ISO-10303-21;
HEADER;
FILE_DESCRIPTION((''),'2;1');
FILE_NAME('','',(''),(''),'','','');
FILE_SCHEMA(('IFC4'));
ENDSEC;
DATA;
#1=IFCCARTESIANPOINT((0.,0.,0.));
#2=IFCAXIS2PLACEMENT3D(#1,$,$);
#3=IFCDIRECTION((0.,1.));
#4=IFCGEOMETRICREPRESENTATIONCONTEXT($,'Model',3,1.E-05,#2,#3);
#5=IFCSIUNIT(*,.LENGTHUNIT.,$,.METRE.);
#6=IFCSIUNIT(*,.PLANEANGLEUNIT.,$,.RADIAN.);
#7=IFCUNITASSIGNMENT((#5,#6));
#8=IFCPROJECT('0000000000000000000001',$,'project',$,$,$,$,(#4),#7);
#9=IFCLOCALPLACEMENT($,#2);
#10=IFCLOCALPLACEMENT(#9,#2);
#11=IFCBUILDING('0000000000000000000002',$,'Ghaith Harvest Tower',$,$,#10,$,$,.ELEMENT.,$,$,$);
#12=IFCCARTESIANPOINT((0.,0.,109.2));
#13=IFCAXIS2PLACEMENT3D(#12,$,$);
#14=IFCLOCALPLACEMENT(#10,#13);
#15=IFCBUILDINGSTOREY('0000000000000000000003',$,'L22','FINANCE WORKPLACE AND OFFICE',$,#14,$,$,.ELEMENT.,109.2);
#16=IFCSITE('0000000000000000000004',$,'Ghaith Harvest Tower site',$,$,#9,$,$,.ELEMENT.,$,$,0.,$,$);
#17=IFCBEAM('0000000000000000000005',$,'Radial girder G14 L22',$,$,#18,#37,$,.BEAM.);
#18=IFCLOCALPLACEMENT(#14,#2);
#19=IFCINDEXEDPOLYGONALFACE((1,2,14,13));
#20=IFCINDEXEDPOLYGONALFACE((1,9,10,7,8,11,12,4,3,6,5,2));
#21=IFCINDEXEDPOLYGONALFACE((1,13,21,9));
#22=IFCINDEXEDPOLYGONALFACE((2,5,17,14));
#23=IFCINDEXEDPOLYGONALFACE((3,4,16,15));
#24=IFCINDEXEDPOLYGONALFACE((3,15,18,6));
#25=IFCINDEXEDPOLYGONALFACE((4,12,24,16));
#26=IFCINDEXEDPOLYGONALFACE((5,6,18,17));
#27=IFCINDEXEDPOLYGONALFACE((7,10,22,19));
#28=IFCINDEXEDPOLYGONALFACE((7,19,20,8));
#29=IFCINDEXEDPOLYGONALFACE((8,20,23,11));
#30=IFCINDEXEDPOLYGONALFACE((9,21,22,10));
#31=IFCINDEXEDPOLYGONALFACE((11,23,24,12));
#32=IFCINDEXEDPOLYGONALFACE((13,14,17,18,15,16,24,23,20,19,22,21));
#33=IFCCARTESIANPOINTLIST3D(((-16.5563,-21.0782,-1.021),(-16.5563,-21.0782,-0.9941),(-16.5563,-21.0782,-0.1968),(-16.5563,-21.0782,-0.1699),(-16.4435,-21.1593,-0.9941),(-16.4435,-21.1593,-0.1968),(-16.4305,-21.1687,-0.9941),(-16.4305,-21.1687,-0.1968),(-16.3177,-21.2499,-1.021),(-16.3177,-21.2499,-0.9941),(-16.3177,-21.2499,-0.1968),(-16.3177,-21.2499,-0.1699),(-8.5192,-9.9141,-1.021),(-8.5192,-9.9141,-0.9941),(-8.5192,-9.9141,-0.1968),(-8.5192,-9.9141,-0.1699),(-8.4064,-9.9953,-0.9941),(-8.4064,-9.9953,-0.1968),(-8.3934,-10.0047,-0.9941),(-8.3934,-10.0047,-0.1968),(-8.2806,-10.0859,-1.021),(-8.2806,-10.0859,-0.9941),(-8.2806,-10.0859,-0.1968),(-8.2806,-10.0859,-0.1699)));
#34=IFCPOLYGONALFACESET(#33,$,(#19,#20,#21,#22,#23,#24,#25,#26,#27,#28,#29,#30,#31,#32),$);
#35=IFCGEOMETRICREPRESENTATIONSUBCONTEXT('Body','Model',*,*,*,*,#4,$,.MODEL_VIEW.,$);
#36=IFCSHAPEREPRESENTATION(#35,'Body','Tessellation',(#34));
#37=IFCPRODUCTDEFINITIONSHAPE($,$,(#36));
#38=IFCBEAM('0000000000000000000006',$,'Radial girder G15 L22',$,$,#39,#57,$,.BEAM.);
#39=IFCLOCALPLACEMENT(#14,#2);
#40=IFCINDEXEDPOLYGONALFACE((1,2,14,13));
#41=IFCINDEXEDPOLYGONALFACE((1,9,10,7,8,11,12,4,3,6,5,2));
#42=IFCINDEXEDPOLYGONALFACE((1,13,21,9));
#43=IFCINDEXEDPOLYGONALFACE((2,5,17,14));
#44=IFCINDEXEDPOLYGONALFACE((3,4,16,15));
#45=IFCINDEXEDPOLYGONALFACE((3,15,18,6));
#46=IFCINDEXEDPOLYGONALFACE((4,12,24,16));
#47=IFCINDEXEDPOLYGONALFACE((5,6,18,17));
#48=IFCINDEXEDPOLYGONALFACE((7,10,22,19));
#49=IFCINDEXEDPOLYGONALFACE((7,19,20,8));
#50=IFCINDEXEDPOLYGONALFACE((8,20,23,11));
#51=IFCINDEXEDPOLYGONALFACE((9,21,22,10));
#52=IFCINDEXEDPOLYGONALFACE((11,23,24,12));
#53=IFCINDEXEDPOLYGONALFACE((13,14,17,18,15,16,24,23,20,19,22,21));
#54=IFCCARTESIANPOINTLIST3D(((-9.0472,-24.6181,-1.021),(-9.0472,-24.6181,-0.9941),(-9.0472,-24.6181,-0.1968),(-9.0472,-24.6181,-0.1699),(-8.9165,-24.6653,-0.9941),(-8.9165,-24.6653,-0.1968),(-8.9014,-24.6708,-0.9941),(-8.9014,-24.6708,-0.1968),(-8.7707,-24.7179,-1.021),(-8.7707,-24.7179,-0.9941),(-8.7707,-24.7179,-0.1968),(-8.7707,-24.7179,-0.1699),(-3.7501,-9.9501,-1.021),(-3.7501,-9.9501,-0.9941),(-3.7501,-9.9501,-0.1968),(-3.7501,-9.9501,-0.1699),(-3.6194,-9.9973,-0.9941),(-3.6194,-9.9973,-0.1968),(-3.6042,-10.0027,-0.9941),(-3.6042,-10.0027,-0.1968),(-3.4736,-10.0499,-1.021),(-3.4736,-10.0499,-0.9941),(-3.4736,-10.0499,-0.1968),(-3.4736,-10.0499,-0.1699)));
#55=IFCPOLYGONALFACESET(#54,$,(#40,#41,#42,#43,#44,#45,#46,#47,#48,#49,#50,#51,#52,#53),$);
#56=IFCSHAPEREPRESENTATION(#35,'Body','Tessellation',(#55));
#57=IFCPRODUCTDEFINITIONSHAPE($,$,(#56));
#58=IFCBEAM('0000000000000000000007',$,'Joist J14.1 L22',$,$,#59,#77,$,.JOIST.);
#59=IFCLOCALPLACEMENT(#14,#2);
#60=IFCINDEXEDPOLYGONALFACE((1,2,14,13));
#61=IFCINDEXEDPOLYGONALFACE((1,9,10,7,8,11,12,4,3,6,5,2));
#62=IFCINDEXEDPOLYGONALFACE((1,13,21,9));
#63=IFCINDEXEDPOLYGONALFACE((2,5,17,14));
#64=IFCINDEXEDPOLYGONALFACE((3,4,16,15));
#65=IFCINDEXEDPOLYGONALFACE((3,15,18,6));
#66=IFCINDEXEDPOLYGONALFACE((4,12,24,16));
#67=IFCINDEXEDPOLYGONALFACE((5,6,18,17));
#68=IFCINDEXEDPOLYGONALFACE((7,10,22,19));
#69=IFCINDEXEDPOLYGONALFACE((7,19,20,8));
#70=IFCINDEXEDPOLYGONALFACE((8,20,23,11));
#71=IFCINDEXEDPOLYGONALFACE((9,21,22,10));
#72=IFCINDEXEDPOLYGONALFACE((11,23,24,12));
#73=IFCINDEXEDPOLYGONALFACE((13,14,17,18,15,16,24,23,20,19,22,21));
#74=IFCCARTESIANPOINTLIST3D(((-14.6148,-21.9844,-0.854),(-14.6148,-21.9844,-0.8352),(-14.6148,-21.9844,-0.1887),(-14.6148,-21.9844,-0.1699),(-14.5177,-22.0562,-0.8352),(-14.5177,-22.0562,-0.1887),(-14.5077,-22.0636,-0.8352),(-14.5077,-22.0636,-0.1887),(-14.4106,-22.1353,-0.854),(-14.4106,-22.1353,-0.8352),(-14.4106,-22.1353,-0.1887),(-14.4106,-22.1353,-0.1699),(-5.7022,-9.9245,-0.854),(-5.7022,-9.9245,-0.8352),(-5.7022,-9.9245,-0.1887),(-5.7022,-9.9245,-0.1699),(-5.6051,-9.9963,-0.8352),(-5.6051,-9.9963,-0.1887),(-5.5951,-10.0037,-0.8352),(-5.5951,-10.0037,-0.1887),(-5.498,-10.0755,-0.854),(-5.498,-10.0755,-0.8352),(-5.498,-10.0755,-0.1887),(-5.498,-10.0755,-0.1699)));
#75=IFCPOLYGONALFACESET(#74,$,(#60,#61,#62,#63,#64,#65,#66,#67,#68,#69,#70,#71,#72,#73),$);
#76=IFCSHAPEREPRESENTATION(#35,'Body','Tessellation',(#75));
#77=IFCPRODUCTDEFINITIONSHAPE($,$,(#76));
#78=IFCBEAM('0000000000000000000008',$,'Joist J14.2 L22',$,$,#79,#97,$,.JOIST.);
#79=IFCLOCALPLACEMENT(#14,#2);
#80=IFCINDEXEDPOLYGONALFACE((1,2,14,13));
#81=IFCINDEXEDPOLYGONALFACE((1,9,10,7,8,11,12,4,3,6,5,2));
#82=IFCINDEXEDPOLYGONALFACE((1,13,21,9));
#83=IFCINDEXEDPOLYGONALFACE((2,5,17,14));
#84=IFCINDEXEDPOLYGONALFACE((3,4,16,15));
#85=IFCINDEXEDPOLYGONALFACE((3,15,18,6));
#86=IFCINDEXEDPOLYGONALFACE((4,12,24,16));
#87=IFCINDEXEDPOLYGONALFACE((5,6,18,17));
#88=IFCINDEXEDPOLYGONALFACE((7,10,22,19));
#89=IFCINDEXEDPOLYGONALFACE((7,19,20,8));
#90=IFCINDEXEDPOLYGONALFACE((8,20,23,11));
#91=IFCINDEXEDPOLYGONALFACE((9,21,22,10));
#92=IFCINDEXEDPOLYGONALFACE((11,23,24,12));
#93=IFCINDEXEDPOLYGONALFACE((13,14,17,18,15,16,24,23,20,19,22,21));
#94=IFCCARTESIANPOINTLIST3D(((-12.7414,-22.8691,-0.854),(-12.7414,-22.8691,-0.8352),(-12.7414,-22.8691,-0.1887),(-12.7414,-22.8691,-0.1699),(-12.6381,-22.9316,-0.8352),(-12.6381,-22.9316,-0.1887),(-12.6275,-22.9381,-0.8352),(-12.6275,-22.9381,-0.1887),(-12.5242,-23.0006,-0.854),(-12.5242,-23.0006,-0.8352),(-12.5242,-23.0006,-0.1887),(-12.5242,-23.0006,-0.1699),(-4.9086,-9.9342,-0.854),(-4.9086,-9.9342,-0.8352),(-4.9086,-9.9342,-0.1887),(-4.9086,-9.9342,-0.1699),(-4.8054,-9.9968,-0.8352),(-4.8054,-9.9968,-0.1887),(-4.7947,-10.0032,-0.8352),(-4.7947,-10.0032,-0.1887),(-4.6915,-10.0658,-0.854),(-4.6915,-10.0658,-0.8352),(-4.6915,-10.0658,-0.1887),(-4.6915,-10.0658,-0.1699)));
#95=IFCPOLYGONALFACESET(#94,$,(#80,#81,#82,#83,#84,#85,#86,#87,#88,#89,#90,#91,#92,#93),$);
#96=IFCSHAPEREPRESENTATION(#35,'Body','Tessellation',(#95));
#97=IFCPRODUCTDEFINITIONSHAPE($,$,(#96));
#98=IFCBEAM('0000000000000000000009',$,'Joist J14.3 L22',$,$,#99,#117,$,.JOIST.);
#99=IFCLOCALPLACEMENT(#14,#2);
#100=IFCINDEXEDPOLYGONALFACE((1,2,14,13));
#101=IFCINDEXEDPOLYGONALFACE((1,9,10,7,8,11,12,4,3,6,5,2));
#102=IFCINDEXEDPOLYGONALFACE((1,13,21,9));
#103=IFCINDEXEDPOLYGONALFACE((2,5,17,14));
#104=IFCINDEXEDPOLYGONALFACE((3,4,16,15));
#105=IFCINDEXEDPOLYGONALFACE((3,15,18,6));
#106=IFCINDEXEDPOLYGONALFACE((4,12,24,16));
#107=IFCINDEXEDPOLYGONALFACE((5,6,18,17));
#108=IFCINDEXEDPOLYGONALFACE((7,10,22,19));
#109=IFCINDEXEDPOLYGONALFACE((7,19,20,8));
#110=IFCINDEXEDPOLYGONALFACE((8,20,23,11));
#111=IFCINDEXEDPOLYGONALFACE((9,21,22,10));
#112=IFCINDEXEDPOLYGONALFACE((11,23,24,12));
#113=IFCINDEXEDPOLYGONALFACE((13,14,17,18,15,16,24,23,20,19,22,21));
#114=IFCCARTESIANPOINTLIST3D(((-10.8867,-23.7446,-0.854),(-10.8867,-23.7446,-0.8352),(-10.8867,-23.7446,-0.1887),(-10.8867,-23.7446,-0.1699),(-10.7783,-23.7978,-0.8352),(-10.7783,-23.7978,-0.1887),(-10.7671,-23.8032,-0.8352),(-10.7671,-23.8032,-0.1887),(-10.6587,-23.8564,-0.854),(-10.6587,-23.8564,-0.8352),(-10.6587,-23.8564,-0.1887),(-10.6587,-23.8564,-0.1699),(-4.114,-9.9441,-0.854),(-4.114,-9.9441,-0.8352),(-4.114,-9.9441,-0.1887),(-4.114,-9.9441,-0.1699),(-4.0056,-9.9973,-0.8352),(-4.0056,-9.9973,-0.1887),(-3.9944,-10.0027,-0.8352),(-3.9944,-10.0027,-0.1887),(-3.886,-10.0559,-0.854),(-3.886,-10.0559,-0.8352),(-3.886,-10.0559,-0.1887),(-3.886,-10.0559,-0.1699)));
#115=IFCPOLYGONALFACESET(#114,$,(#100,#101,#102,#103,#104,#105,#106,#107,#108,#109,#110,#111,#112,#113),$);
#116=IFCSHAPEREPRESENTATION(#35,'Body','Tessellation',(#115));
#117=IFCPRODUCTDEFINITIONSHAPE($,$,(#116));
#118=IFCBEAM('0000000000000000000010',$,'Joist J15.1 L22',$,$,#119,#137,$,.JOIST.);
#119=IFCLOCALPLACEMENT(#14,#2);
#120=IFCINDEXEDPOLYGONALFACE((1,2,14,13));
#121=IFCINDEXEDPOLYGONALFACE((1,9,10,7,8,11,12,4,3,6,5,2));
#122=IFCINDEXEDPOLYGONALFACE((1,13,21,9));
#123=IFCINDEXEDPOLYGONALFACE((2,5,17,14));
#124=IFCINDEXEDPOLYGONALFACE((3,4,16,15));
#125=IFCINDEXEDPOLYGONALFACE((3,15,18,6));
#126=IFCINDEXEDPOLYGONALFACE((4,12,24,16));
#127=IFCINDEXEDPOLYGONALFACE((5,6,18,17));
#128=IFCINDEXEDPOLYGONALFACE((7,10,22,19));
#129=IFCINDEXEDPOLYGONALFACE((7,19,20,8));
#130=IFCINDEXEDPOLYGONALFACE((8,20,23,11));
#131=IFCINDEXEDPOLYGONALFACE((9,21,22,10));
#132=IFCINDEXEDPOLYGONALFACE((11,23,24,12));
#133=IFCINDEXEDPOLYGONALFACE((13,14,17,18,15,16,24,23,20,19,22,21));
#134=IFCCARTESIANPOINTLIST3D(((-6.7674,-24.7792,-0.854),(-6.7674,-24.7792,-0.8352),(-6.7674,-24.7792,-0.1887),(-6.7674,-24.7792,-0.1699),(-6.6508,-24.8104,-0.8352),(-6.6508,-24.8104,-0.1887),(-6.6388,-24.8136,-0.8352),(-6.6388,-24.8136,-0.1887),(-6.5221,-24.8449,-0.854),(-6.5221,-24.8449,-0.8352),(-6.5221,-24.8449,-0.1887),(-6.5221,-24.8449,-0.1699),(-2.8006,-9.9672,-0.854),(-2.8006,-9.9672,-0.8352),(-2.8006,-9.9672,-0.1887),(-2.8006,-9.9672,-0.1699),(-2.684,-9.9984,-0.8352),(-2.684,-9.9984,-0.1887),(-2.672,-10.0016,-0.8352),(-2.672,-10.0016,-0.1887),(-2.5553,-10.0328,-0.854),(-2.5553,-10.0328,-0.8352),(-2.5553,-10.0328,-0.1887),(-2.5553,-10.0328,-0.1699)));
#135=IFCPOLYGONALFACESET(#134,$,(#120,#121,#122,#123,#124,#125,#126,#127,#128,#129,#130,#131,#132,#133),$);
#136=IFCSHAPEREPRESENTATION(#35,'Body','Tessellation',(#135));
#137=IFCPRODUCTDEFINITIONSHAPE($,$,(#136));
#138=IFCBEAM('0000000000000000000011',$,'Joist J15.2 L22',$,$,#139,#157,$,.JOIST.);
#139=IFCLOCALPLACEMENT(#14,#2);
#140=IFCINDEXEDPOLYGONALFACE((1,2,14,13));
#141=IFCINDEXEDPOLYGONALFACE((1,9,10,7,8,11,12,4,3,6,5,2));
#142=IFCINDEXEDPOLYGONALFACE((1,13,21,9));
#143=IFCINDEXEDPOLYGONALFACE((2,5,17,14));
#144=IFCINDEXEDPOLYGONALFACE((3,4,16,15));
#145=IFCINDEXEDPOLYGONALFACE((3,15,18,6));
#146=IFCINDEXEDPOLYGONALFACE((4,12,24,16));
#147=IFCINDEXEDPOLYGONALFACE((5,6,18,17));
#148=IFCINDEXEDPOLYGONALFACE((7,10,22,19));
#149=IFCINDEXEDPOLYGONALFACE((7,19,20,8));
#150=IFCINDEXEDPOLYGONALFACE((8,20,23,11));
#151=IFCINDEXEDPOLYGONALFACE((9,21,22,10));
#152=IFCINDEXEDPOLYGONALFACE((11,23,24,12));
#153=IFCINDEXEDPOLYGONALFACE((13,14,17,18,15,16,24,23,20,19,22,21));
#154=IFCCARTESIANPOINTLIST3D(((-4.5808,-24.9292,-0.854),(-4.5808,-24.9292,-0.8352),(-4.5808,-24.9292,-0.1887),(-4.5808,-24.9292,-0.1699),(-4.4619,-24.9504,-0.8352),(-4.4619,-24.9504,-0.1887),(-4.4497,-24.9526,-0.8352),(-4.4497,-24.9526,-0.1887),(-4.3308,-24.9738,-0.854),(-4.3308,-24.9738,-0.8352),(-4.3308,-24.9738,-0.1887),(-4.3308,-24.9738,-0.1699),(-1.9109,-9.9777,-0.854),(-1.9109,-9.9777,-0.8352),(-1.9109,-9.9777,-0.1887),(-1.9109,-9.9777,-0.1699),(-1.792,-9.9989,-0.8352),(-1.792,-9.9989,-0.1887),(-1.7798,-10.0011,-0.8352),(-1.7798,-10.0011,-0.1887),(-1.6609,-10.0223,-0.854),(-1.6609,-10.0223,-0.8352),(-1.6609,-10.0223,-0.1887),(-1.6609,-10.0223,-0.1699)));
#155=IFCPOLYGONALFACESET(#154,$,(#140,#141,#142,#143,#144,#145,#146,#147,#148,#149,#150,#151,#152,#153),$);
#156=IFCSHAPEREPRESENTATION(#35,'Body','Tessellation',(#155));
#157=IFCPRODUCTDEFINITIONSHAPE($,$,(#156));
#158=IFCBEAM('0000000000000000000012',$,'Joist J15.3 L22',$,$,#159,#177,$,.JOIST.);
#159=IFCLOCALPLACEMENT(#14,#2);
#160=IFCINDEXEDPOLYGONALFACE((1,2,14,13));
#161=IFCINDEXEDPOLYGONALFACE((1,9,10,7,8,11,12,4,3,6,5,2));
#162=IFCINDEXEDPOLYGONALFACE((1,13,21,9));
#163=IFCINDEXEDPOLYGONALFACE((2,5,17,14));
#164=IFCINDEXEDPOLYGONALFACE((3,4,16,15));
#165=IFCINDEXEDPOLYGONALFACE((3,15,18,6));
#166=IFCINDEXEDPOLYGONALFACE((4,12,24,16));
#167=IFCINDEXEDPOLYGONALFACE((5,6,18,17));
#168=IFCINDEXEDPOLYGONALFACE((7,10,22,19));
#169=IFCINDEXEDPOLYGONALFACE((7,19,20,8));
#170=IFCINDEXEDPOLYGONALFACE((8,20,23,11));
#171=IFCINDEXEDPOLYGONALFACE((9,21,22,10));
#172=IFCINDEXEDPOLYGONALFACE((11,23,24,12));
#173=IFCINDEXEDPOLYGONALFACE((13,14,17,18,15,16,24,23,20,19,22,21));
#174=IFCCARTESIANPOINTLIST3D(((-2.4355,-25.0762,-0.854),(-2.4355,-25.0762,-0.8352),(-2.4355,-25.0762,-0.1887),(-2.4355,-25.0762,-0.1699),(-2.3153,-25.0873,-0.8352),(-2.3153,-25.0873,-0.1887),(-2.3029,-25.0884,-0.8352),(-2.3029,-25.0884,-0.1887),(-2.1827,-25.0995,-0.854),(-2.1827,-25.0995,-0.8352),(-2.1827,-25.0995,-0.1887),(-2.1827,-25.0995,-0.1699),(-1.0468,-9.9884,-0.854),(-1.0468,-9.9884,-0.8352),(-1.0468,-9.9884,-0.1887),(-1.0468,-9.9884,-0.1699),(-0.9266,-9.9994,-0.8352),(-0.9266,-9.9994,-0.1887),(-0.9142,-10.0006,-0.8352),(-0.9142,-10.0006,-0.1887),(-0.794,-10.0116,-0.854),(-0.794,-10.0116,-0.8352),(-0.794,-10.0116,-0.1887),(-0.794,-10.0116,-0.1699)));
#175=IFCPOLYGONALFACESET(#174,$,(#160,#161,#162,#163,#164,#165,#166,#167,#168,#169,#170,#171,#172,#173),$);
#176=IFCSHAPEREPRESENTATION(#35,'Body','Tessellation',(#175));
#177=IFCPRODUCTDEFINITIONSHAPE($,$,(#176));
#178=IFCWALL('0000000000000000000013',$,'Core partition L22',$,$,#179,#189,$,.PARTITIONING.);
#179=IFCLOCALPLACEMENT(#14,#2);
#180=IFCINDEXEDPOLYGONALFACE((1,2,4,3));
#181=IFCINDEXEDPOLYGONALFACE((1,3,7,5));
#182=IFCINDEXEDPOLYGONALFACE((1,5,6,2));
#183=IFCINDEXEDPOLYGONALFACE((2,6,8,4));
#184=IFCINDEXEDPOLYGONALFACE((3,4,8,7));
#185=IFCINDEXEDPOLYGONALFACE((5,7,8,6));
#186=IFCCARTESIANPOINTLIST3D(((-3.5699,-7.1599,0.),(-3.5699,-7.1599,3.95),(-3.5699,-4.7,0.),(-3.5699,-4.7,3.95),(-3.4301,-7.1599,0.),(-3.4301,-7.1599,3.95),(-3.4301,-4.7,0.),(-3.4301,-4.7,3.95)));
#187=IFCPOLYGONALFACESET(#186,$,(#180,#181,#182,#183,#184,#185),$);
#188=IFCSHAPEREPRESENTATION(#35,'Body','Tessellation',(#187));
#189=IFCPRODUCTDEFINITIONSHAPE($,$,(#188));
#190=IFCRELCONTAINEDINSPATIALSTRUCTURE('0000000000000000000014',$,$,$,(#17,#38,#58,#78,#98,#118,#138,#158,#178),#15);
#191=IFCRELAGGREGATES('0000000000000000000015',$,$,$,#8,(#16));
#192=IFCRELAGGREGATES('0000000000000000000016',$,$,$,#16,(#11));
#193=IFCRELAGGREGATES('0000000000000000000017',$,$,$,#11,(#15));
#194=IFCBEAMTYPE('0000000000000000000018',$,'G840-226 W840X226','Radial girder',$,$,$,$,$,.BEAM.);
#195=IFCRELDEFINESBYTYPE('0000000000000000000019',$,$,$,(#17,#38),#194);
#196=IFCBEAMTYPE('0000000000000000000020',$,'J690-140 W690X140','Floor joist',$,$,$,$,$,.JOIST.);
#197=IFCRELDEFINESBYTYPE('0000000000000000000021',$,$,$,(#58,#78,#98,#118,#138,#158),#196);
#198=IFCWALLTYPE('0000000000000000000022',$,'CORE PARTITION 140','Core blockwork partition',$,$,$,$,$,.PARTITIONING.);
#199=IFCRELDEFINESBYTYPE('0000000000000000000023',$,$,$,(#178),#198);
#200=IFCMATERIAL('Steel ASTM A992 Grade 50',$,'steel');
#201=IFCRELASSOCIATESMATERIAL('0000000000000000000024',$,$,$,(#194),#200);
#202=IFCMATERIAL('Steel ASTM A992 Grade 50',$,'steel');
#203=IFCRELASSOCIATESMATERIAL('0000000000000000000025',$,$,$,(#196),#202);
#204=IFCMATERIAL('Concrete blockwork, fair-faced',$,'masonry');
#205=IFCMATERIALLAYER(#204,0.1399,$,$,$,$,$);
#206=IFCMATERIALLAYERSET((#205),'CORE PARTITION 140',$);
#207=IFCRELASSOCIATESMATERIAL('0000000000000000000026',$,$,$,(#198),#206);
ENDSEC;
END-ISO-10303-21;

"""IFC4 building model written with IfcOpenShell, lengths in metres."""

from ifc_helpers import new_model, si_unit, direction, frame, frame_2d, origin, origin_2d, place, context, subcontext, project, spatial, rectangle, i_section, extrude, material, layer, layer_set, material_profile, profile_set, type_object, element, save


model = new_model("IFC4")

# Units and contexts
model_context = context("Model", 3, precision=1e-05, world=origin(), true_north=direction((0.0, 1.0)))
body_context = subcontext(model_context, "Body", "Model", "MODEL_VIEW")
ifc_project = project(units=[si_unit("LENGTHUNIT", "METRE"), si_unit("PLANEANGLEUNIT", "RADIAN")], contexts=[model_context])

# Site, building, storey
site_placement = place(None, origin())
site = spatial("IfcSite", under=ifc_project, at=site_placement, Name="Ghaith Harvest Tower site", CompositionType="ELEMENT", RefElevation=0.0)
building_placement = place(site_placement, origin())
building = spatial("IfcBuilding", under=site, at=building_placement, Name="Ghaith Harvest Tower", CompositionType="ELEMENT")
storey_placement = place(building_placement, frame((0.0, 0.0, 109.2)))
storey = spatial("IfcBuildingStorey", under=building, at=storey_placement, Name="L22", Description="FINANCE WORKPLACE AND OFFICE", CompositionType="ELEMENT", Elevation=109.2)

# Beams
ifc_material_1 = material(Name="Steel ASTM A992 Grade 50", Category="steel")
ifc_material_profile_1 = material_profile(ifc_material_1, i_section(OverallWidth=0.2939, OverallDepth=0.8511, WebThickness=0.0161, FlangeThickness=0.0269, at=origin_2d()), Name="W840X226")
ifc_profile_set_1 = profile_set([ifc_material_profile_1], Name="Steel ASTM A992 Grade 50")
beam_type_1 = type_object("IfcBeamType", Name="G840-226 W840X226", Description="Radial girder", PredefinedType="BEAM", material=ifc_profile_set_1)
beam_1_placement = place(storey_placement, frame((-8.3999, -10.0, -0.5955), z_axis=(-0.584256, -0.811569, 0.0), x_axis=(0.811569, -0.584256, 0.0)))
element("IfcBeam", 1, at=beam_1_placement, inside=storey, type_object=beam_type_1, Name="Radial girder G14 L22", PredefinedType="BEAM", context=body_context, shape_type="SweptSolid", body=[
    extrude(i_section(OverallWidth=0.2939, OverallDepth=0.8511, WebThickness=0.0161, FlangeThickness=0.0269, at=origin_2d()), origin(), (0.0, 0.0, 1.0), 13.7561),
])
beam_2_placement = place(storey_placement, frame((-3.6118, -10.0, -0.5955), z_axis=(-0.339664, -0.940547, 0.0), x_axis=(0.940547, -0.339664, 0.0)))
element("IfcBeam", 2, at=beam_2_placement, inside=storey, type_object=beam_type_1, Name="Radial girder G15 L22", PredefinedType="BEAM", context=body_context, shape_type="SweptSolid", body=[
    extrude(i_section(OverallWidth=0.2939, OverallDepth=0.8511, WebThickness=0.0161, FlangeThickness=0.0269, at=origin_2d()), origin(), (0.0, 0.0, 1.0), 15.5952),
])
ifc_material_2 = material(Name="Steel ASTM A992 Grade 50", Category="steel")
ifc_material_profile_2 = material_profile(ifc_material_2, i_section(OverallWidth=0.2539, OverallDepth=0.6841, WebThickness=0.0125, FlangeThickness=0.0188, at=origin_2d()), Name="W690X140")
ifc_profile_set_2 = profile_set([ifc_material_profile_2], Name="Steel ASTM A992 Grade 50")
beam_type_2 = type_object("IfcBeamType", Name="J690-140 W690X140", Description="Floor joist", PredefinedType="JOIST", material=ifc_profile_set_2)
beam_3_placement = place(storey_placement, frame((-5.6001, -10.0, -0.512), z_axis=(-0.59434, -0.804214, 0.0), x_axis=(0.804214, -0.59434, 0.0)))
element("IfcBeam", 3, at=beam_3_placement, inside=storey, type_object=beam_type_2, Name="Joist J14.1 L22", PredefinedType="JOIST", context=body_context, shape_type="SweptSolid", body=[
    extrude(i_section(OverallWidth=0.2539, OverallDepth=0.6841, WebThickness=0.0125, FlangeThickness=0.0188, at=origin_2d()), origin(), (0.0, 0.0, 1.0), 14.9958),
])
beam_4_placement = place(storey_placement, frame((-4.8, -10.0, -0.512), z_axis=(-0.517986, -0.855389, 0.0), x_axis=(0.855389, -0.517986, 0.0)))
element("IfcBeam", 4, at=beam_4_placement, inside=storey, type_object=beam_type_2, Name="Joist J14.2 L22", PredefinedType="JOIST", context=body_context, shape_type="SweptSolid", body=[
    extrude(i_section(OverallWidth=0.2539, OverallDepth=0.6841, WebThickness=0.0125, FlangeThickness=0.0188, at=origin_2d()), origin(), (0.0, 0.0, 1.0), 15.1216),
])
beam_5_placement = place(storey_placement, frame((-4.0, -10.0, -0.512), z_axis=(-0.440563, -0.897722, 0.0), x_axis=(0.897722, -0.440563, 0.0)))
element("IfcBeam", 5, at=beam_5_placement, inside=storey, type_object=beam_type_2, Name="Joist J14.3 L22", PredefinedType="JOIST", context=body_context, shape_type="SweptSolid", body=[
    extrude(i_section(OverallWidth=0.2539, OverallDepth=0.6841, WebThickness=0.0125, FlangeThickness=0.0188, at=origin_2d()), origin(), (0.0, 0.0, 1.0), 15.3728),
])
beam_6_placement = place(storey_placement, frame((-2.678, -10.0, -0.512), z_axis=(-0.258693, -0.96596, 0.0), x_axis=(0.96596, -0.258693, 0.0)))
element("IfcBeam", 6, at=beam_6_placement, inside=storey, type_object=beam_type_2, Name="Joist J15.1 L22", PredefinedType="JOIST", context=body_context, shape_type="SweptSolid", body=[
    extrude(i_section(OverallWidth=0.2539, OverallDepth=0.6841, WebThickness=0.0125, FlangeThickness=0.0188, at=origin_2d()), origin(), (0.0, 0.0, 1.0), 15.334),
])
beam_7_placement = place(storey_placement, frame((-1.7859, -10.0, -0.512), z_axis=(-0.175792, -0.984427, 0.0), x_axis=(0.984427, -0.175792, 0.0)))
element("IfcBeam", 7, at=beam_7_placement, inside=storey, type_object=beam_type_2, Name="Joist J15.2 L22", PredefinedType="JOIST", context=body_context, shape_type="SweptSolid", body=[
    extrude(i_section(OverallWidth=0.2539, OverallDepth=0.6841, WebThickness=0.0125, FlangeThickness=0.0188, at=origin_2d()), origin(), (0.0, 0.0, 1.0), 15.188),
])
beam_8_placement = place(storey_placement, frame((-0.9204, -10.0, -0.512), z_axis=(-0.091651, -0.995791, 0.0), x_axis=(0.995791, -0.091651, 0.0)))
element("IfcBeam", 8, at=beam_8_placement, inside=storey, type_object=beam_type_2, Name="Joist J15.3 L22", PredefinedType="JOIST", context=body_context, shape_type="SweptSolid", body=[
    extrude(i_section(OverallWidth=0.2539, OverallDepth=0.6841, WebThickness=0.0125, FlangeThickness=0.0188, at=origin_2d()), origin(), (0.0, 0.0, 1.0), 15.1516),
])

# Shared definitions
ifc_material_3 = material(Name="Concrete blockwork, fair-faced", Category="masonry")
ifc_layer_1 = layer(ifc_material_3, 0.1399)
ifc_layer_set_1 = layer_set([ifc_layer_1], Name="CORE PARTITION 140")
wall_type_1 = type_object("IfcWallType", Name="CORE PARTITION 140", Description="Core blockwork partition", PredefinedType="PARTITIONING", material=ifc_layer_set_1)

# Wall
for number, where, z_axis, x_axis, name in (
    (9, (-3.5, -4.7, 0.0), (0.0, 0.0, 1.0), (0.0, -1.0, 0.0), "Core partition L22"),
):
    element("IfcWall", number, at=place(storey_placement, frame(where, z_axis=z_axis, x_axis=x_axis)), inside=storey, type_object=wall_type_1, Name=name, PredefinedType="PARTITIONING", context=body_context, shape_type="SweptSolid", body=[
        extrude(rectangle(XDim=2.46, YDim=0.1399, at=frame_2d((1.23, 0.0))), origin(), (0.0, 0.0, 1.0), 3.95),
    ])

save(model, "model.ifc")
